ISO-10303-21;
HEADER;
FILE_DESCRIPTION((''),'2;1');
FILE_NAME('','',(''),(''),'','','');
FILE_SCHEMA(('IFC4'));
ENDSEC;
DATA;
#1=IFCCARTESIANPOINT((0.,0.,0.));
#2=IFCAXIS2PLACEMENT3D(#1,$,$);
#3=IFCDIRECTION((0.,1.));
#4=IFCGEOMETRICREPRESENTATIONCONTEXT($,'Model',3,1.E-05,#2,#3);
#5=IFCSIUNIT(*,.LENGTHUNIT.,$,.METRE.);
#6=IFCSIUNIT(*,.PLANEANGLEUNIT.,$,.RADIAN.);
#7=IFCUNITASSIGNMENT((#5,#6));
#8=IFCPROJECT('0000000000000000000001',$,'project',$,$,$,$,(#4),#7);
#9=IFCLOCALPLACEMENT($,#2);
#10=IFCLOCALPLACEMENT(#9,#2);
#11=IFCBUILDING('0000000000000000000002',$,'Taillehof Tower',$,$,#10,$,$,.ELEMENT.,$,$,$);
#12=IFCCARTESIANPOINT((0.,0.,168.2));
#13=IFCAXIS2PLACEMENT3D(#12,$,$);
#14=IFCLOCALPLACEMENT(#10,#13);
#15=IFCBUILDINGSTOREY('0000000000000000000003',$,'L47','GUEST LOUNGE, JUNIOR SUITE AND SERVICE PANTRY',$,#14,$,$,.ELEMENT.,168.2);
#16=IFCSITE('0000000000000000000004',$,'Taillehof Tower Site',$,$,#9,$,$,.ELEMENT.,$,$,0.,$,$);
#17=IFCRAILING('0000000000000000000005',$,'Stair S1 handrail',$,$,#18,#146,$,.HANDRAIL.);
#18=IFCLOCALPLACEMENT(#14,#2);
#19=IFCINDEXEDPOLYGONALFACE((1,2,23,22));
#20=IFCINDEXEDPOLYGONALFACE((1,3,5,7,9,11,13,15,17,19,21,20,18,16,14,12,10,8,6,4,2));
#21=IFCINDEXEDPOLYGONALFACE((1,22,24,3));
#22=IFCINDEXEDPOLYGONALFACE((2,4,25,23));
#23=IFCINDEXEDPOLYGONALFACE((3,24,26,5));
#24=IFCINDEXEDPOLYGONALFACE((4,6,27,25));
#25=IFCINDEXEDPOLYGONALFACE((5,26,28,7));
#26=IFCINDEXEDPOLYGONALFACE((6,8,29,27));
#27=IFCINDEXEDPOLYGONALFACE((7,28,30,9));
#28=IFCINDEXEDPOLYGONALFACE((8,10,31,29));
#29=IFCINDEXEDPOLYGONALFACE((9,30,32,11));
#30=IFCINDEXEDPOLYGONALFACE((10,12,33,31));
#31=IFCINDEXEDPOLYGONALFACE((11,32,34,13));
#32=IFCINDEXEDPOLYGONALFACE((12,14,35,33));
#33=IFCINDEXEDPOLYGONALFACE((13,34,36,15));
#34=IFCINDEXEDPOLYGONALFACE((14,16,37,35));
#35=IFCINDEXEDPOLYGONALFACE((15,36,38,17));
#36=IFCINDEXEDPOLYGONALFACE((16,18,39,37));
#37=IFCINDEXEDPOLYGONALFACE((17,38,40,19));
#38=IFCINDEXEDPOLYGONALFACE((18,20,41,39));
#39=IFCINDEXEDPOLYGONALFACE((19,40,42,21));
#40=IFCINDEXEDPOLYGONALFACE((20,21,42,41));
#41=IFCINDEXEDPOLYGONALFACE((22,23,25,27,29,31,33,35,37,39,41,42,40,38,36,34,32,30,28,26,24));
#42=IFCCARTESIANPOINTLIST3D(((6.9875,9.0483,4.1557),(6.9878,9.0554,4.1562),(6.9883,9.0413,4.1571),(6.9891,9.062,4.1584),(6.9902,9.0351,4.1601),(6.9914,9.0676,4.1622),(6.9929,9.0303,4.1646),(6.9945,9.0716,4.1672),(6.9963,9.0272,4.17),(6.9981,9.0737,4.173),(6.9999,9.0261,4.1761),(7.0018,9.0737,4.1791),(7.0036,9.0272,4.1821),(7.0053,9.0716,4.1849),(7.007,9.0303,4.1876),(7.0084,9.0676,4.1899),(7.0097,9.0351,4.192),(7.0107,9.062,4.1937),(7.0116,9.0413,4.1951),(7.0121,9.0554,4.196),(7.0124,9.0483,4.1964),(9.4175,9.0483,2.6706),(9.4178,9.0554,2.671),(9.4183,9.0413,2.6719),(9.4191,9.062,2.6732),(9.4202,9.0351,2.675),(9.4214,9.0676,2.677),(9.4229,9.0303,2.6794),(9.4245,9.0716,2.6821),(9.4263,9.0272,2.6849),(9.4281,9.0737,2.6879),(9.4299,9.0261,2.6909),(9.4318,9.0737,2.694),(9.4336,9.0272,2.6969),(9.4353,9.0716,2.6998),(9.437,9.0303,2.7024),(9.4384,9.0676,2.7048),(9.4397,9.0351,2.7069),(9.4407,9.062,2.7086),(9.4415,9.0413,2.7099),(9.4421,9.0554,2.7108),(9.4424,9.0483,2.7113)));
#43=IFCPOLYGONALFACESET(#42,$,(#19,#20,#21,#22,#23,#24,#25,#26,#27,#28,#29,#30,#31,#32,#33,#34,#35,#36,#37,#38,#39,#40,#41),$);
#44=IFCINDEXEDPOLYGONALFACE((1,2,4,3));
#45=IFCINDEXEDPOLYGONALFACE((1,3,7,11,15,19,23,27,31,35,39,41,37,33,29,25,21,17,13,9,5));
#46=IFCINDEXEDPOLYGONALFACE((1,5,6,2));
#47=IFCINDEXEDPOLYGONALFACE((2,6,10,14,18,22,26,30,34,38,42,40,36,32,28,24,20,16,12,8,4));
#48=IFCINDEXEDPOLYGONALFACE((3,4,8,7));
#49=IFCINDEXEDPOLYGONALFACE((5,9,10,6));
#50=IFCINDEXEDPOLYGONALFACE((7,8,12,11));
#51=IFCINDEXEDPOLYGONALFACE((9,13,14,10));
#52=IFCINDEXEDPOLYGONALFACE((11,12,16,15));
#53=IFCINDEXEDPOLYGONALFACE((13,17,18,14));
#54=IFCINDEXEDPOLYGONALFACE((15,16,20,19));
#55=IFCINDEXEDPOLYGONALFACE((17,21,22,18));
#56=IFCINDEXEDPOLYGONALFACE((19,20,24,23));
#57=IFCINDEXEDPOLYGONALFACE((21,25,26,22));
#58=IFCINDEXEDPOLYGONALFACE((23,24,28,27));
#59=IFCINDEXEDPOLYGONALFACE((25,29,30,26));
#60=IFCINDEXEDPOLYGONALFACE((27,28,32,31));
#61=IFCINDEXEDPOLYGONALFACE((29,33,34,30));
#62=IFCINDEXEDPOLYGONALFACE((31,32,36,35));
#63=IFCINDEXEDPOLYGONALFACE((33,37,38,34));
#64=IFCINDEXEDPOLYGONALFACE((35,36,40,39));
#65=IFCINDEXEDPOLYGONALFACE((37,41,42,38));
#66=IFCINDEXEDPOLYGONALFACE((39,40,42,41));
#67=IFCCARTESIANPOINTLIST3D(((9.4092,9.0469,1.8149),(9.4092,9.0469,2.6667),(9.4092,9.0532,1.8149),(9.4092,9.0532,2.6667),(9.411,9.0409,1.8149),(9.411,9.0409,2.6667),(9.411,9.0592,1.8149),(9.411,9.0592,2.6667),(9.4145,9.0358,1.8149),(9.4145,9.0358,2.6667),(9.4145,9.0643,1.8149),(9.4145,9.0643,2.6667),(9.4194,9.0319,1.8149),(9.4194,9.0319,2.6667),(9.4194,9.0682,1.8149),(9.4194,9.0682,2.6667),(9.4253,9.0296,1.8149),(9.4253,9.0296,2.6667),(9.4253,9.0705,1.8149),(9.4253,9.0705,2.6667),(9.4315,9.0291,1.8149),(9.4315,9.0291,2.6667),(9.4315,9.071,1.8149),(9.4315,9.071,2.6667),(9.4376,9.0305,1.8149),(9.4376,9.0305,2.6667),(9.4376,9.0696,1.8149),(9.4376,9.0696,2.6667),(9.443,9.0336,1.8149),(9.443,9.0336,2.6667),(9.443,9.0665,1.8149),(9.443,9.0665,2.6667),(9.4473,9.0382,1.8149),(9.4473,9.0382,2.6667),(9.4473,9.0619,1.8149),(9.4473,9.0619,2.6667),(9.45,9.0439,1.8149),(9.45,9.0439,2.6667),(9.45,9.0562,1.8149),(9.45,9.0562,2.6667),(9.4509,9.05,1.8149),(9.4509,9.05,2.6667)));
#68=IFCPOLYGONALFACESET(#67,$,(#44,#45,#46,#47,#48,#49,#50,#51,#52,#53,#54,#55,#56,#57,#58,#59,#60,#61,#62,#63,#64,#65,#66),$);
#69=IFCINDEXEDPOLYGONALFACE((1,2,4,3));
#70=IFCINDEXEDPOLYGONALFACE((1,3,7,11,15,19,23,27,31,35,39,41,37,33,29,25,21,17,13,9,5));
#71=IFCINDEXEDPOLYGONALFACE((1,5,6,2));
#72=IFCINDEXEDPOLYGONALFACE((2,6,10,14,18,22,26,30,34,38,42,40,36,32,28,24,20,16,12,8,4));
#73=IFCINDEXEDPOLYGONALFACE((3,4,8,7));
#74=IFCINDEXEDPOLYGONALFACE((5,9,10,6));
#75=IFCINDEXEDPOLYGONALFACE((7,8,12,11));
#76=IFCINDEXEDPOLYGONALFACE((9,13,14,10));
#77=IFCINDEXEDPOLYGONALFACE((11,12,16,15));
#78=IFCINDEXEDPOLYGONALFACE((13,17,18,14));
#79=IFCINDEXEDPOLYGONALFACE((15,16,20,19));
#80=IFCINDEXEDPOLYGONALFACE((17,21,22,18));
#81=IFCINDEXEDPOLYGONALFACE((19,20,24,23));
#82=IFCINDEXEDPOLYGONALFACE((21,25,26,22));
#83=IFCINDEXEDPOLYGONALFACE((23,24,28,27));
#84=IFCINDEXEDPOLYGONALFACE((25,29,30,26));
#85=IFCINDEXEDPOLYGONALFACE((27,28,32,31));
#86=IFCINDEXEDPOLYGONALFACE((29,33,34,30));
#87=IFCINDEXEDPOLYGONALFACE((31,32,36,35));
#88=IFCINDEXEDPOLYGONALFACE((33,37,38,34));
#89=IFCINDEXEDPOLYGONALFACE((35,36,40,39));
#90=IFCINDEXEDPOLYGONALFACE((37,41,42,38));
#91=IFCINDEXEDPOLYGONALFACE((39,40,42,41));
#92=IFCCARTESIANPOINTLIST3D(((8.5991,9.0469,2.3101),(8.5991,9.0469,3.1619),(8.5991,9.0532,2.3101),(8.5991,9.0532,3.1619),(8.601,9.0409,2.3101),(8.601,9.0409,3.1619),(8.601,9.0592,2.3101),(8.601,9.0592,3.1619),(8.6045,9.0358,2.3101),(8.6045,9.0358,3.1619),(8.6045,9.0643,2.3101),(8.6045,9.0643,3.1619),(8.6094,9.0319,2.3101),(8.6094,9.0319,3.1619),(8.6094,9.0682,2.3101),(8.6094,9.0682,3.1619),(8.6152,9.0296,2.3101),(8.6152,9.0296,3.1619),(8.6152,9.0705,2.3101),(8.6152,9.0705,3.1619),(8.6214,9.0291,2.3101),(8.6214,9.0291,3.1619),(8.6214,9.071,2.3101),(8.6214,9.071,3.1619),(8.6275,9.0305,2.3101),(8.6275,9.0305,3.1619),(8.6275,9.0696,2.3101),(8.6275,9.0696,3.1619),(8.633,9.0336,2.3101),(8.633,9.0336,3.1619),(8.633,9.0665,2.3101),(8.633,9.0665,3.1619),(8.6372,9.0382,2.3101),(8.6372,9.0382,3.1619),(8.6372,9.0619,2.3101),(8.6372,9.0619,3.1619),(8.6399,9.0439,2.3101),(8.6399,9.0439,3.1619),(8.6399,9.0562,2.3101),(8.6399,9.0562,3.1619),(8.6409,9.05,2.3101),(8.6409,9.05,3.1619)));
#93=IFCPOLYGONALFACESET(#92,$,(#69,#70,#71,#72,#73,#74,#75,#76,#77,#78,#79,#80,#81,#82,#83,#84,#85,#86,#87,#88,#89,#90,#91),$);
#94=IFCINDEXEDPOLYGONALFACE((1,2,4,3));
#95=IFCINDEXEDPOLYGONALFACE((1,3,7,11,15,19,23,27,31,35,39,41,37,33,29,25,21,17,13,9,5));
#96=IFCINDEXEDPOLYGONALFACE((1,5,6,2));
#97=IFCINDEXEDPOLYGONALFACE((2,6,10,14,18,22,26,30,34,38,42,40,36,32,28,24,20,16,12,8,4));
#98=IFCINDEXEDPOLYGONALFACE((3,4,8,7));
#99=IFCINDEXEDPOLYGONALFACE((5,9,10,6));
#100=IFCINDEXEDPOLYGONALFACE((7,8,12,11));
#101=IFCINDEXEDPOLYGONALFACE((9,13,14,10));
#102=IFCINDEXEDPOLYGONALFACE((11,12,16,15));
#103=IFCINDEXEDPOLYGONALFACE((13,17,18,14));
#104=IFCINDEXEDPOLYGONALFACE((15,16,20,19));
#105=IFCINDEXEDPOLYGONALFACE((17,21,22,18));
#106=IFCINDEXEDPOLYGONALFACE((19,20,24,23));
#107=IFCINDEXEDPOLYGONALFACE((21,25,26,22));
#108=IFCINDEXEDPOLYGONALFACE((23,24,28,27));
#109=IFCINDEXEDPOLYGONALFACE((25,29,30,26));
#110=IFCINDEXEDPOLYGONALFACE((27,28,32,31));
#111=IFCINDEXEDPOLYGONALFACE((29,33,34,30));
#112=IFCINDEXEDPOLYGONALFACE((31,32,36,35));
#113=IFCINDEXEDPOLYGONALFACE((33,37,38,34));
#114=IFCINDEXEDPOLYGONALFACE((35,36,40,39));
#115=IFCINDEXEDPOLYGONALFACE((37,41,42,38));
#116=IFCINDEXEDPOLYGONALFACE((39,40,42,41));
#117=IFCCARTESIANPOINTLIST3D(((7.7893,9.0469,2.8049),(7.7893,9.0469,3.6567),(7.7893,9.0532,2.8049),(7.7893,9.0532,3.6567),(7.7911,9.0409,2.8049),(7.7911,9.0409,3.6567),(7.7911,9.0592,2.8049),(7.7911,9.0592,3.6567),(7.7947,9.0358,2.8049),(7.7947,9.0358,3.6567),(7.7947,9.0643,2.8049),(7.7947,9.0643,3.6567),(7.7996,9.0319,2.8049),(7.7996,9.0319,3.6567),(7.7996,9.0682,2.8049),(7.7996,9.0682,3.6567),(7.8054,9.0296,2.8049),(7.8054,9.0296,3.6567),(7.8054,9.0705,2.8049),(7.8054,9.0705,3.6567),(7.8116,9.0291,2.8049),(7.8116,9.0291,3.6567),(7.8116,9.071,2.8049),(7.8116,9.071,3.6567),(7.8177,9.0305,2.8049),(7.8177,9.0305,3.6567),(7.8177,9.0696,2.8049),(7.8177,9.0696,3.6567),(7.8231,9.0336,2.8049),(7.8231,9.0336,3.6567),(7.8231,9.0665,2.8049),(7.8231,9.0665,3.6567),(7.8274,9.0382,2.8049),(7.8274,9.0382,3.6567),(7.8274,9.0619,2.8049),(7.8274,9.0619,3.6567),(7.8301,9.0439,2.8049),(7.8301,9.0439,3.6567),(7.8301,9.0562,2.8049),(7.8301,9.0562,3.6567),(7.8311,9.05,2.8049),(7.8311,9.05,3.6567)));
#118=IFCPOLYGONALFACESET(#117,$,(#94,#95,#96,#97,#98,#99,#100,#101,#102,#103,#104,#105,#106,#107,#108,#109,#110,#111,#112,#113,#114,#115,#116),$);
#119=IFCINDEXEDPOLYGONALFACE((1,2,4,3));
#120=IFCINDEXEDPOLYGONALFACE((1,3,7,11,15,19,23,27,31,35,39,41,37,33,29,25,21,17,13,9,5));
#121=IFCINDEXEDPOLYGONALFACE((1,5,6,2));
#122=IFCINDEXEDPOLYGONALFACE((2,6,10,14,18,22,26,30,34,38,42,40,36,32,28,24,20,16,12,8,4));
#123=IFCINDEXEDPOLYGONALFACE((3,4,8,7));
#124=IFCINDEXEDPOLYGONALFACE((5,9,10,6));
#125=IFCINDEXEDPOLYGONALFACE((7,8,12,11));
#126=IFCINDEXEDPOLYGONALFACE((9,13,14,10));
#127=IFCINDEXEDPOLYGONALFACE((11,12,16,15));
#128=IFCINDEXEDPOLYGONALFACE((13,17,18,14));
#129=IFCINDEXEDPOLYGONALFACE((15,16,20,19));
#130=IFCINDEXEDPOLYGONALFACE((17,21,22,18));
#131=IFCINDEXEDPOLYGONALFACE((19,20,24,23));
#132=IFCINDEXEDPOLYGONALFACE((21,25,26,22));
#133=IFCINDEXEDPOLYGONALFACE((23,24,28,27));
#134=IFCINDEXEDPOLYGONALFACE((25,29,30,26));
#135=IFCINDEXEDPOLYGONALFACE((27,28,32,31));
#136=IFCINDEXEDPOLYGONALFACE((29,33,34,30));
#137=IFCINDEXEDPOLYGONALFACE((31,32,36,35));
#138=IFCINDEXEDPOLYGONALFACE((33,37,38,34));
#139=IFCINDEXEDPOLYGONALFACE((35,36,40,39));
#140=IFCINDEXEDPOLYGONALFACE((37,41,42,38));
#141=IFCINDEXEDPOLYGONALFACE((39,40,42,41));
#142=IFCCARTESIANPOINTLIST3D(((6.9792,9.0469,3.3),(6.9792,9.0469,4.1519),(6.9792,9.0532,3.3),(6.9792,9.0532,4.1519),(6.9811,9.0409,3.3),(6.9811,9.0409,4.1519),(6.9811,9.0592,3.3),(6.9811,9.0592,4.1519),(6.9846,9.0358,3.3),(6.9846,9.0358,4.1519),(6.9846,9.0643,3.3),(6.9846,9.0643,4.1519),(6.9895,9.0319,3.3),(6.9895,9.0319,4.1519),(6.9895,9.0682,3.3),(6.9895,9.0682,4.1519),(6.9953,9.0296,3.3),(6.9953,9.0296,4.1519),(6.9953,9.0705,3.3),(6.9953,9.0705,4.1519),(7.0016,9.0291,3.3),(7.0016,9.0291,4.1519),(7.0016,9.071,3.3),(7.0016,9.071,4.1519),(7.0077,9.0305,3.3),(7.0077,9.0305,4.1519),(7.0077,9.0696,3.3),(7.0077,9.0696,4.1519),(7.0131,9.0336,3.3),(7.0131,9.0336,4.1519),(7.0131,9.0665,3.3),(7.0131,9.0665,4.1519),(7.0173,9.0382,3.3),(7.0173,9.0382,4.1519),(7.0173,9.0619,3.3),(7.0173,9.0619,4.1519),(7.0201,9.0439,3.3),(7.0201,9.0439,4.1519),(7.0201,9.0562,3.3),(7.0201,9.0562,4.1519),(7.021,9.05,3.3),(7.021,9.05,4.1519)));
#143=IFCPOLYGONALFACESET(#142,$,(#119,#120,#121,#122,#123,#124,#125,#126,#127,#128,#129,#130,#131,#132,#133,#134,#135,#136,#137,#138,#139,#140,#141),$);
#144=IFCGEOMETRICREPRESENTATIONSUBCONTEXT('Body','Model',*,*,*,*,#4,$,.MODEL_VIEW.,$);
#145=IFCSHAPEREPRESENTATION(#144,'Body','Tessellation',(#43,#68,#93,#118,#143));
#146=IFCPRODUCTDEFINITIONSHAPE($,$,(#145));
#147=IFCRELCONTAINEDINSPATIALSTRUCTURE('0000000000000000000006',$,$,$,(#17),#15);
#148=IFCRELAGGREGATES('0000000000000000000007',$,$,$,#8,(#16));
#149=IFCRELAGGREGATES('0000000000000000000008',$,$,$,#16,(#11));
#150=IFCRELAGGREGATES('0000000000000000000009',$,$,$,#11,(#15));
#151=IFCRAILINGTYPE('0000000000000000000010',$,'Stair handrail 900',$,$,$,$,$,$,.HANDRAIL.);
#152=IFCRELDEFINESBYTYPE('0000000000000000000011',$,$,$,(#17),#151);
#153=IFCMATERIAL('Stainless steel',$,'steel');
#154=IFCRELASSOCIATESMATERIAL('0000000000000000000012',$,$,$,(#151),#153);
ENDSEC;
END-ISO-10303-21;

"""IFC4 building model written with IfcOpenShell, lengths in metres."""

from ifc_helpers import new_model, si_unit, direction, frame, origin, origin_2d, place, context, subcontext, project, spatial, circle, extrude, material, type_object, element, save


model = new_model("IFC4")

# Units and contexts
model_context = context("Model", 3, precision=1e-05, world=origin(), true_north=direction((0.0, 1.0)))
body_context = subcontext(model_context, "Body", "Model", "MODEL_VIEW")
ifc_project = project(units=[si_unit("LENGTHUNIT", "METRE"), si_unit("PLANEANGLEUNIT", "RADIAN")], contexts=[model_context])

# Site, building, storey
site_placement = place(None, origin())
site = spatial("IfcSite", under=ifc_project, at=site_placement, Name="Taillehof Tower Site", CompositionType="ELEMENT", RefElevation=0.0)
building_placement = place(site_placement, origin())
building = spatial("IfcBuilding", under=site, at=building_placement, Name="Taillehof Tower", CompositionType="ELEMENT")
storey_placement = place(building_placement, frame((0.0, 0.0, 168.2)))
storey = spatial("IfcBuildingStorey", under=building, at=storey_placement, Name="L47", Description="GUEST LOUNGE, JUNIOR SUITE AND SERVICE PANTRY", CompositionType="ELEMENT", Elevation=168.2)

# Railing
ifc_material_1 = material(Name="Stainless steel", Category="steel")
railing_type = type_object("IfcRailingType", Name="Stair handrail 900", PredefinedType="HANDRAIL", material=ifc_material_1)
railing_placement = place(storey_placement, frame((9.4299, 9.05, 1.8149)))
element("IfcRailing", 1, at=railing_placement, inside=storey, type_object=railing_type, Name="Stair S1 handrail", PredefinedType="HANDRAIL", context=body_context, shape_type="SweptSolid", body=[
    extrude(circle(Radius=0.0239, at=origin_2d()), frame((0.0, 0.0, 0.876), z_axis=(-0.853259, 0.0, 0.521488), x_axis=(0.0, -1.0, 0.0)), (0.0, 0.0, 1.0), 2.8479),
    extrude(circle(Radius=0.021, at=origin_2d()), origin(), (0.0, 0.0, 1.0), 0.8518),
    extrude(circle(Radius=0.021, at=origin_2d()), frame((-0.8101, 0.0, 0.4951)), (0.0, 0.0, 1.0), 0.8518),
    extrude(circle(Radius=0.021, at=origin_2d()), frame((-1.6199, 0.0, 0.99)), (0.0, 0.0, 1.0), 0.8518),
    extrude(circle(Radius=0.021, at=origin_2d()), frame((-2.4299, 0.0, 1.4851)), (0.0, 0.0, 1.0), 0.8518),
])

save(model, "model.ifc")
